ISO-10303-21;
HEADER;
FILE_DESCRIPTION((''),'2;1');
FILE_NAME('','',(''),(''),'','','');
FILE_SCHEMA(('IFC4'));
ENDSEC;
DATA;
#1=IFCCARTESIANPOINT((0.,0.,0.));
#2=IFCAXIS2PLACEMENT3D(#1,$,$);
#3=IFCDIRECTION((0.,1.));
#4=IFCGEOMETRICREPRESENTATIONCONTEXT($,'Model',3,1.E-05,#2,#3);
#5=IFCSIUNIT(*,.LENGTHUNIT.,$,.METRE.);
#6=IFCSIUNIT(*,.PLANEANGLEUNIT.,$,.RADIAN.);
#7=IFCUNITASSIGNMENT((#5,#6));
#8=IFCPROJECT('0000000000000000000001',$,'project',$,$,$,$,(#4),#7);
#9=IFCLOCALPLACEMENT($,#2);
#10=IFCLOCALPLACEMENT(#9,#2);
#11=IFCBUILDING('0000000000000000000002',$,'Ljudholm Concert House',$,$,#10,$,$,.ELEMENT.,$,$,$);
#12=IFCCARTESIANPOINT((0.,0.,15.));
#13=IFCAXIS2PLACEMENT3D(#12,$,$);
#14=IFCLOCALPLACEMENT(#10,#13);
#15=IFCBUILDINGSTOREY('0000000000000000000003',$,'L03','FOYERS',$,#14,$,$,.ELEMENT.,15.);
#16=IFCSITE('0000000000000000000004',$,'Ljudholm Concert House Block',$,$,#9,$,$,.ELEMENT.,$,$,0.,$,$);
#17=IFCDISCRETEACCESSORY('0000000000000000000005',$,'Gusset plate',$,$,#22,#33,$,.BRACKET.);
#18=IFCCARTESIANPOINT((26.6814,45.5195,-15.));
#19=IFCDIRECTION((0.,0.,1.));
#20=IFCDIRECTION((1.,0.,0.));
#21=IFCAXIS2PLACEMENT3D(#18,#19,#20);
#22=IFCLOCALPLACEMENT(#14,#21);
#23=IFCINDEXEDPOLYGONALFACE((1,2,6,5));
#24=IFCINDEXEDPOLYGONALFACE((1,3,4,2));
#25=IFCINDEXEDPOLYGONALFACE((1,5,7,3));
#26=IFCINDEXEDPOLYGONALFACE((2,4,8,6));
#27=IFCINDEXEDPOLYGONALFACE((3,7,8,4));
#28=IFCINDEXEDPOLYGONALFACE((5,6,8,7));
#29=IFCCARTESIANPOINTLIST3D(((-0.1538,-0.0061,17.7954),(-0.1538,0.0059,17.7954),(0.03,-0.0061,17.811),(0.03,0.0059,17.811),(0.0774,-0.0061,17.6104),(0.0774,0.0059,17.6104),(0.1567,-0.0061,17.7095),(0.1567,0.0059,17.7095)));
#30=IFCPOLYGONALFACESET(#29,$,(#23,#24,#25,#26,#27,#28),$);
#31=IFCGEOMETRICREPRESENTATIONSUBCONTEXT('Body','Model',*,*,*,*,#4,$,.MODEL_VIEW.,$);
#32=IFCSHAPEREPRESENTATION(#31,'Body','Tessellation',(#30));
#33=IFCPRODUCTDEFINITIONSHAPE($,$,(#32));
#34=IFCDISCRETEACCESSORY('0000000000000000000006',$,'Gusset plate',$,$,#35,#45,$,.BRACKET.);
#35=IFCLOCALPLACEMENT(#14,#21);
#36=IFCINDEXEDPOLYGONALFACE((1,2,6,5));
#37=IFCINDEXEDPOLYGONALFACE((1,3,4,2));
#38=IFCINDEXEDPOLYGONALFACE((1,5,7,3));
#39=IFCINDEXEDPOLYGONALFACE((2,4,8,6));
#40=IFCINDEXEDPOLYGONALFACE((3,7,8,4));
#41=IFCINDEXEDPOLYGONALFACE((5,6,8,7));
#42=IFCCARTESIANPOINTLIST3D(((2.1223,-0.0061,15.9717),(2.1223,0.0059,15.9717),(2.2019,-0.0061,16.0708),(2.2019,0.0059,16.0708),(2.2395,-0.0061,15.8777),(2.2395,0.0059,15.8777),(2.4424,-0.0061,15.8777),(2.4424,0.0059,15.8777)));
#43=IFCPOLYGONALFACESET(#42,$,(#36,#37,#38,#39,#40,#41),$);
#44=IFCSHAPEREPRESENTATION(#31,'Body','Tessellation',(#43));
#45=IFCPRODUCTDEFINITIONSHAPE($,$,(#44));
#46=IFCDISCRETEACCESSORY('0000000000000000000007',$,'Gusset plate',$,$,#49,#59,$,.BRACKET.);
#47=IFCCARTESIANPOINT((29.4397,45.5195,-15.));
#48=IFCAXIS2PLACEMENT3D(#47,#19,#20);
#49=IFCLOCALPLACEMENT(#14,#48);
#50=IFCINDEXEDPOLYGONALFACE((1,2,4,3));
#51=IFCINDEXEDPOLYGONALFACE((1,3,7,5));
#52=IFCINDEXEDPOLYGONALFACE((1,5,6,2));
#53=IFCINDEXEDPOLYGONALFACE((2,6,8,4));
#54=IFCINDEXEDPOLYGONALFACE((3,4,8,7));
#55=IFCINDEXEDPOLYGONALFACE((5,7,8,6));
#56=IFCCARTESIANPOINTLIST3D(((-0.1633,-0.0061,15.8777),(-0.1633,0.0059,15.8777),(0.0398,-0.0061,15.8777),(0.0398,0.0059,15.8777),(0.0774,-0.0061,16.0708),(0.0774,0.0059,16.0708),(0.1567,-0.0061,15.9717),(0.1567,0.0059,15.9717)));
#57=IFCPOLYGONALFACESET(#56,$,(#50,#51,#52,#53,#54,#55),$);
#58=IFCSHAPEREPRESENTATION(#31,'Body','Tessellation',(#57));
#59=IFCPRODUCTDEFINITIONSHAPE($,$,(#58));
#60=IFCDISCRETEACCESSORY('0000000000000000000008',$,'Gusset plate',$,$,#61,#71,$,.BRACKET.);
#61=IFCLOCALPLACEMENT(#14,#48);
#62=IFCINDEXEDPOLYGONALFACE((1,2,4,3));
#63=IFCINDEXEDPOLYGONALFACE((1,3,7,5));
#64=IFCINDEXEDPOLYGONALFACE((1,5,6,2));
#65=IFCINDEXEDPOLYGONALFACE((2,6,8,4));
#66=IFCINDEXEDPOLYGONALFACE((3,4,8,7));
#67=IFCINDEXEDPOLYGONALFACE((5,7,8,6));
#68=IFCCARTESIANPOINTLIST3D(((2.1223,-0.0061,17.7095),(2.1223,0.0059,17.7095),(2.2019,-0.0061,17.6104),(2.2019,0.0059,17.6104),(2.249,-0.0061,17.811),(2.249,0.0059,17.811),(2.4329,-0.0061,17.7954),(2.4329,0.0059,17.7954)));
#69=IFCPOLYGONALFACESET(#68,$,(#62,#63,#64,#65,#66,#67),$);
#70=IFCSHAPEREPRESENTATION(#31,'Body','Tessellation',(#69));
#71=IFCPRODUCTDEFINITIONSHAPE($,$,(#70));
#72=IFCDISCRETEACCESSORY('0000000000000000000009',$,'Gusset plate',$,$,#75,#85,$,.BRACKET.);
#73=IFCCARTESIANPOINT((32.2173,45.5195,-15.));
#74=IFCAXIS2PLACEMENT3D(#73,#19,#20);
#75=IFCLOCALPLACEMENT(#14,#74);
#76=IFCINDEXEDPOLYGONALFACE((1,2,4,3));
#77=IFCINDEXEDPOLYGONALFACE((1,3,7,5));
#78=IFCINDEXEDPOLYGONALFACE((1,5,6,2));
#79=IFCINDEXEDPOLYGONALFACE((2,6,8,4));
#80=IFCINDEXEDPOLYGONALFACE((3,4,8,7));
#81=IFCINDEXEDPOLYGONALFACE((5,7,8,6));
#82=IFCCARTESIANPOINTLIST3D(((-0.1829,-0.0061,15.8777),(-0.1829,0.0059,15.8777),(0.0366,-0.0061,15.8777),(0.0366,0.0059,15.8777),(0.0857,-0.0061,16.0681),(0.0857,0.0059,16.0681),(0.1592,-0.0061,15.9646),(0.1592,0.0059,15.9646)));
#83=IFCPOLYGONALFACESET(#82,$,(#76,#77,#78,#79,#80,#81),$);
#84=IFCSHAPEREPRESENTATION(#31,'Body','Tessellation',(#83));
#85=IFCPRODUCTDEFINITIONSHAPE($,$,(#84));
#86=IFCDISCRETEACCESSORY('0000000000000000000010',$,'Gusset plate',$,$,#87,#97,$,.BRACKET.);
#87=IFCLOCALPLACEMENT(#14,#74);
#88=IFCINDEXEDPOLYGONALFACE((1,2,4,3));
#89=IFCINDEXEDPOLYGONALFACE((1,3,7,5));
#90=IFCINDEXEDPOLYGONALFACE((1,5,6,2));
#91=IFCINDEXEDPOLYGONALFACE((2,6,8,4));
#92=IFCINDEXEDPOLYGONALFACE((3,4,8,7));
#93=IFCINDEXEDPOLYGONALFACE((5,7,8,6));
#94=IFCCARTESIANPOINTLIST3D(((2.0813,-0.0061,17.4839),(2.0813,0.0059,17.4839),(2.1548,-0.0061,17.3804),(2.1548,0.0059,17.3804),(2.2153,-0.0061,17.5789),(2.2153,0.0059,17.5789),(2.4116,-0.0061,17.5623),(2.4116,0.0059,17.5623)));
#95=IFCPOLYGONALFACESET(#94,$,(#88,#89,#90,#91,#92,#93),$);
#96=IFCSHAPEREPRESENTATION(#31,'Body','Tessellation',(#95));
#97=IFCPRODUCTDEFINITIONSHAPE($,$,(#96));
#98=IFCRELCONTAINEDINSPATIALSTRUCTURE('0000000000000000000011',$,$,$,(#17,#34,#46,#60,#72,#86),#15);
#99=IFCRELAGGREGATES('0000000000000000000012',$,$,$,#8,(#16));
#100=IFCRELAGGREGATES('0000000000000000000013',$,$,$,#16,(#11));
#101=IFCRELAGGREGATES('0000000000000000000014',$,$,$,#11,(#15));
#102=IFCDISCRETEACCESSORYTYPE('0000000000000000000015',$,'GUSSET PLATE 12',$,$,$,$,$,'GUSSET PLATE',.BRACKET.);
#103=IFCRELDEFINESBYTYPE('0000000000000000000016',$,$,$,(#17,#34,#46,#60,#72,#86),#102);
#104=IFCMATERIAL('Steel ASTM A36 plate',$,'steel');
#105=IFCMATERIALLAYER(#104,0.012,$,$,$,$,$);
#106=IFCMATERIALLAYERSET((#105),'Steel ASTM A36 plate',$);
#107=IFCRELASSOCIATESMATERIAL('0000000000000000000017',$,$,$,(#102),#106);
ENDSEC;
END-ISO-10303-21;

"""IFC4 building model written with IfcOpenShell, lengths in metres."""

from ifc_helpers import new_model, si_unit, direction, frame, origin, place, context, subcontext, project, spatial, polyline, outline, extrude, material, layer, layer_set, type_object, element, save


model = new_model("IFC4")

# Units and contexts
model_context = context("Model", 3, precision=1e-05, world=origin(), true_north=direction((0.0, 1.0)))
body_context = subcontext(model_context, "Body", "Model", "MODEL_VIEW")
ifc_project = project(units=[si_unit("LENGTHUNIT", "METRE"), si_unit("PLANEANGLEUNIT", "RADIAN")], contexts=[model_context])

# Site, building, storey
site_placement = place(None, origin())
site = spatial("IfcSite", under=ifc_project, at=site_placement, Name="Ljudholm Concert House Block", CompositionType="ELEMENT", RefElevation=0.0)
building_placement = place(site_placement, origin())
building = spatial("IfcBuilding", under=site, at=building_placement, Name="Ljudholm Concert House", CompositionType="ELEMENT")
storey_placement = place(building_placement, frame((0.0, 0.0, 15.0)))
storey = spatial("IfcBuildingStorey", under=building, at=storey_placement, Name="L03", Description="FOYERS", CompositionType="ELEMENT", Elevation=15.0)

# Discrete accessories
ifc_material_1 = material(Name="Steel ASTM A36 plate", Category="steel")
ifc_layer_1 = layer(ifc_material_1, 0.012)
ifc_layer_set_1 = layer_set([ifc_layer_1], Name="Steel ASTM A36 plate")
discrete_accessory_type = type_object("IfcDiscreteAccessoryType", Name="GUSSET PLATE 12", ElementType="GUSSET PLATE", PredefinedType="BRACKET", material=ifc_layer_set_1)
discrete_accessory_1_placement = place(storey_placement, frame((26.6814, 45.5195, -15.0), z_axis=(0.0, 0.0, 1.0), x_axis=(1.0, 0.0, 0.0)))
element("IfcDiscreteAccessory", 1, at=discrete_accessory_1_placement, inside=storey, type_object=discrete_accessory_type, Name="Gusset plate", PredefinedType="BRACKET", context=body_context, shape_type="SweptSolid", body=[
    extrude(outline(polyline([(0.0774, 17.6104), (-0.1538, 17.7954), (0.03, 17.811), (0.1567, 17.7095), (0.0774, 17.6104)])), frame((0.0, 0.0059, 0.0), z_axis=(0.0, -1.0, 0.0), x_axis=(1.0, 0.0, 0.0)), (0.0, 0.0, 1.0), 0.012),
])
discrete_accessory_2_placement = place(storey_placement, frame((26.6814, 45.5195, -15.0), z_axis=(0.0, 0.0, 1.0), x_axis=(1.0, 0.0, 0.0)))
element("IfcDiscreteAccessory", 2, at=discrete_accessory_2_placement, inside=storey, type_object=discrete_accessory_type, Name="Gusset plate", PredefinedType="BRACKET", context=body_context, shape_type="SweptSolid", body=[
    extrude(outline(polyline([(2.2019, 16.0708), (2.4424, 15.8777), (2.2395, 15.8777), (2.1223, 15.9717), (2.2019, 16.0708)])), frame((0.0, 0.0059, 0.0), z_axis=(0.0, -1.0, 0.0), x_axis=(1.0, 0.0, 0.0)), (0.0, 0.0, 1.0), 0.012),
])
discrete_accessory_3_placement = place(storey_placement, frame((29.4397, 45.5195, -15.0), z_axis=(0.0, 0.0, 1.0), x_axis=(1.0, 0.0, 0.0)))
element("IfcDiscreteAccessory", 3, at=discrete_accessory_3_placement, inside=storey, type_object=discrete_accessory_type, Name="Gusset plate", PredefinedType="BRACKET", context=body_context, shape_type="SweptSolid", body=[
    extrude(outline(polyline([(0.1567, 15.9717), (0.0398, 15.8777), (-0.1633, 15.8777), (0.0774, 16.0708), (0.1567, 15.9717)])), frame((0.0, 0.0059, 0.0), z_axis=(0.0, -1.0, 0.0), x_axis=(1.0, 0.0, 0.0)), (0.0, 0.0, 1.0), 0.012),
])
discrete_accessory_4_placement = place(storey_placement, frame((29.4397, 45.5195, -15.0), z_axis=(0.0, 0.0, 1.0), x_axis=(1.0, 0.0, 0.0)))
element("IfcDiscreteAccessory", 4, at=discrete_accessory_4_placement, inside=storey, type_object=discrete_accessory_type, Name="Gusset plate", PredefinedType="BRACKET", context=body_context, shape_type="SweptSolid", body=[
    extrude(outline(polyline([(2.1223, 17.7095), (2.249, 17.811), (2.4329, 17.7954), (2.2019, 17.6104), (2.1223, 17.7095)])), frame((0.0, 0.0059, 0.0), z_axis=(0.0, -1.0, 0.0), x_axis=(1.0, 0.0, 0.0)), (0.0, 0.0, 1.0), 0.012),
])
discrete_accessory_5_placement = place(storey_placement, frame((32.2173, 45.5195, -15.0), z_axis=(0.0, 0.0, 1.0), x_axis=(1.0, 0.0, 0.0)))
element("IfcDiscreteAccessory", 5, at=discrete_accessory_5_placement, inside=storey, type_object=discrete_accessory_type, Name="Gusset plate", PredefinedType="BRACKET", context=body_context, shape_type="SweptSolid", body=[
    extrude(outline(polyline([(0.1592, 15.9646), (0.0366, 15.8777), (-0.1829, 15.8777), (0.0857, 16.0681), (0.1592, 15.9646)])), frame((0.0, 0.0059, 0.0), z_axis=(0.0, -1.0, 0.0), x_axis=(1.0, 0.0, 0.0)), (0.0, 0.0, 1.0), 0.012),
])
discrete_accessory_6_placement = place(storey_placement, frame((32.2173, 45.5195, -15.0), z_axis=(0.0, 0.0, 1.0), x_axis=(1.0, 0.0, 0.0)))
element("IfcDiscreteAccessory", 6, at=discrete_accessory_6_placement, inside=storey, type_object=discrete_accessory_type, Name="Gusset plate", PredefinedType="BRACKET", context=body_context, shape_type="SweptSolid", body=[
    extrude(outline(polyline([(2.0813, 17.4839), (2.2153, 17.5789), (2.4116, 17.5623), (2.1548, 17.3804), (2.0813, 17.4839)])), frame((0.0, 0.0059, 0.0), z_axis=(0.0, -1.0, 0.0), x_axis=(1.0, 0.0, 0.0)), (0.0, 0.0, 1.0), 0.012),
])

save(model, "model.ifc")
